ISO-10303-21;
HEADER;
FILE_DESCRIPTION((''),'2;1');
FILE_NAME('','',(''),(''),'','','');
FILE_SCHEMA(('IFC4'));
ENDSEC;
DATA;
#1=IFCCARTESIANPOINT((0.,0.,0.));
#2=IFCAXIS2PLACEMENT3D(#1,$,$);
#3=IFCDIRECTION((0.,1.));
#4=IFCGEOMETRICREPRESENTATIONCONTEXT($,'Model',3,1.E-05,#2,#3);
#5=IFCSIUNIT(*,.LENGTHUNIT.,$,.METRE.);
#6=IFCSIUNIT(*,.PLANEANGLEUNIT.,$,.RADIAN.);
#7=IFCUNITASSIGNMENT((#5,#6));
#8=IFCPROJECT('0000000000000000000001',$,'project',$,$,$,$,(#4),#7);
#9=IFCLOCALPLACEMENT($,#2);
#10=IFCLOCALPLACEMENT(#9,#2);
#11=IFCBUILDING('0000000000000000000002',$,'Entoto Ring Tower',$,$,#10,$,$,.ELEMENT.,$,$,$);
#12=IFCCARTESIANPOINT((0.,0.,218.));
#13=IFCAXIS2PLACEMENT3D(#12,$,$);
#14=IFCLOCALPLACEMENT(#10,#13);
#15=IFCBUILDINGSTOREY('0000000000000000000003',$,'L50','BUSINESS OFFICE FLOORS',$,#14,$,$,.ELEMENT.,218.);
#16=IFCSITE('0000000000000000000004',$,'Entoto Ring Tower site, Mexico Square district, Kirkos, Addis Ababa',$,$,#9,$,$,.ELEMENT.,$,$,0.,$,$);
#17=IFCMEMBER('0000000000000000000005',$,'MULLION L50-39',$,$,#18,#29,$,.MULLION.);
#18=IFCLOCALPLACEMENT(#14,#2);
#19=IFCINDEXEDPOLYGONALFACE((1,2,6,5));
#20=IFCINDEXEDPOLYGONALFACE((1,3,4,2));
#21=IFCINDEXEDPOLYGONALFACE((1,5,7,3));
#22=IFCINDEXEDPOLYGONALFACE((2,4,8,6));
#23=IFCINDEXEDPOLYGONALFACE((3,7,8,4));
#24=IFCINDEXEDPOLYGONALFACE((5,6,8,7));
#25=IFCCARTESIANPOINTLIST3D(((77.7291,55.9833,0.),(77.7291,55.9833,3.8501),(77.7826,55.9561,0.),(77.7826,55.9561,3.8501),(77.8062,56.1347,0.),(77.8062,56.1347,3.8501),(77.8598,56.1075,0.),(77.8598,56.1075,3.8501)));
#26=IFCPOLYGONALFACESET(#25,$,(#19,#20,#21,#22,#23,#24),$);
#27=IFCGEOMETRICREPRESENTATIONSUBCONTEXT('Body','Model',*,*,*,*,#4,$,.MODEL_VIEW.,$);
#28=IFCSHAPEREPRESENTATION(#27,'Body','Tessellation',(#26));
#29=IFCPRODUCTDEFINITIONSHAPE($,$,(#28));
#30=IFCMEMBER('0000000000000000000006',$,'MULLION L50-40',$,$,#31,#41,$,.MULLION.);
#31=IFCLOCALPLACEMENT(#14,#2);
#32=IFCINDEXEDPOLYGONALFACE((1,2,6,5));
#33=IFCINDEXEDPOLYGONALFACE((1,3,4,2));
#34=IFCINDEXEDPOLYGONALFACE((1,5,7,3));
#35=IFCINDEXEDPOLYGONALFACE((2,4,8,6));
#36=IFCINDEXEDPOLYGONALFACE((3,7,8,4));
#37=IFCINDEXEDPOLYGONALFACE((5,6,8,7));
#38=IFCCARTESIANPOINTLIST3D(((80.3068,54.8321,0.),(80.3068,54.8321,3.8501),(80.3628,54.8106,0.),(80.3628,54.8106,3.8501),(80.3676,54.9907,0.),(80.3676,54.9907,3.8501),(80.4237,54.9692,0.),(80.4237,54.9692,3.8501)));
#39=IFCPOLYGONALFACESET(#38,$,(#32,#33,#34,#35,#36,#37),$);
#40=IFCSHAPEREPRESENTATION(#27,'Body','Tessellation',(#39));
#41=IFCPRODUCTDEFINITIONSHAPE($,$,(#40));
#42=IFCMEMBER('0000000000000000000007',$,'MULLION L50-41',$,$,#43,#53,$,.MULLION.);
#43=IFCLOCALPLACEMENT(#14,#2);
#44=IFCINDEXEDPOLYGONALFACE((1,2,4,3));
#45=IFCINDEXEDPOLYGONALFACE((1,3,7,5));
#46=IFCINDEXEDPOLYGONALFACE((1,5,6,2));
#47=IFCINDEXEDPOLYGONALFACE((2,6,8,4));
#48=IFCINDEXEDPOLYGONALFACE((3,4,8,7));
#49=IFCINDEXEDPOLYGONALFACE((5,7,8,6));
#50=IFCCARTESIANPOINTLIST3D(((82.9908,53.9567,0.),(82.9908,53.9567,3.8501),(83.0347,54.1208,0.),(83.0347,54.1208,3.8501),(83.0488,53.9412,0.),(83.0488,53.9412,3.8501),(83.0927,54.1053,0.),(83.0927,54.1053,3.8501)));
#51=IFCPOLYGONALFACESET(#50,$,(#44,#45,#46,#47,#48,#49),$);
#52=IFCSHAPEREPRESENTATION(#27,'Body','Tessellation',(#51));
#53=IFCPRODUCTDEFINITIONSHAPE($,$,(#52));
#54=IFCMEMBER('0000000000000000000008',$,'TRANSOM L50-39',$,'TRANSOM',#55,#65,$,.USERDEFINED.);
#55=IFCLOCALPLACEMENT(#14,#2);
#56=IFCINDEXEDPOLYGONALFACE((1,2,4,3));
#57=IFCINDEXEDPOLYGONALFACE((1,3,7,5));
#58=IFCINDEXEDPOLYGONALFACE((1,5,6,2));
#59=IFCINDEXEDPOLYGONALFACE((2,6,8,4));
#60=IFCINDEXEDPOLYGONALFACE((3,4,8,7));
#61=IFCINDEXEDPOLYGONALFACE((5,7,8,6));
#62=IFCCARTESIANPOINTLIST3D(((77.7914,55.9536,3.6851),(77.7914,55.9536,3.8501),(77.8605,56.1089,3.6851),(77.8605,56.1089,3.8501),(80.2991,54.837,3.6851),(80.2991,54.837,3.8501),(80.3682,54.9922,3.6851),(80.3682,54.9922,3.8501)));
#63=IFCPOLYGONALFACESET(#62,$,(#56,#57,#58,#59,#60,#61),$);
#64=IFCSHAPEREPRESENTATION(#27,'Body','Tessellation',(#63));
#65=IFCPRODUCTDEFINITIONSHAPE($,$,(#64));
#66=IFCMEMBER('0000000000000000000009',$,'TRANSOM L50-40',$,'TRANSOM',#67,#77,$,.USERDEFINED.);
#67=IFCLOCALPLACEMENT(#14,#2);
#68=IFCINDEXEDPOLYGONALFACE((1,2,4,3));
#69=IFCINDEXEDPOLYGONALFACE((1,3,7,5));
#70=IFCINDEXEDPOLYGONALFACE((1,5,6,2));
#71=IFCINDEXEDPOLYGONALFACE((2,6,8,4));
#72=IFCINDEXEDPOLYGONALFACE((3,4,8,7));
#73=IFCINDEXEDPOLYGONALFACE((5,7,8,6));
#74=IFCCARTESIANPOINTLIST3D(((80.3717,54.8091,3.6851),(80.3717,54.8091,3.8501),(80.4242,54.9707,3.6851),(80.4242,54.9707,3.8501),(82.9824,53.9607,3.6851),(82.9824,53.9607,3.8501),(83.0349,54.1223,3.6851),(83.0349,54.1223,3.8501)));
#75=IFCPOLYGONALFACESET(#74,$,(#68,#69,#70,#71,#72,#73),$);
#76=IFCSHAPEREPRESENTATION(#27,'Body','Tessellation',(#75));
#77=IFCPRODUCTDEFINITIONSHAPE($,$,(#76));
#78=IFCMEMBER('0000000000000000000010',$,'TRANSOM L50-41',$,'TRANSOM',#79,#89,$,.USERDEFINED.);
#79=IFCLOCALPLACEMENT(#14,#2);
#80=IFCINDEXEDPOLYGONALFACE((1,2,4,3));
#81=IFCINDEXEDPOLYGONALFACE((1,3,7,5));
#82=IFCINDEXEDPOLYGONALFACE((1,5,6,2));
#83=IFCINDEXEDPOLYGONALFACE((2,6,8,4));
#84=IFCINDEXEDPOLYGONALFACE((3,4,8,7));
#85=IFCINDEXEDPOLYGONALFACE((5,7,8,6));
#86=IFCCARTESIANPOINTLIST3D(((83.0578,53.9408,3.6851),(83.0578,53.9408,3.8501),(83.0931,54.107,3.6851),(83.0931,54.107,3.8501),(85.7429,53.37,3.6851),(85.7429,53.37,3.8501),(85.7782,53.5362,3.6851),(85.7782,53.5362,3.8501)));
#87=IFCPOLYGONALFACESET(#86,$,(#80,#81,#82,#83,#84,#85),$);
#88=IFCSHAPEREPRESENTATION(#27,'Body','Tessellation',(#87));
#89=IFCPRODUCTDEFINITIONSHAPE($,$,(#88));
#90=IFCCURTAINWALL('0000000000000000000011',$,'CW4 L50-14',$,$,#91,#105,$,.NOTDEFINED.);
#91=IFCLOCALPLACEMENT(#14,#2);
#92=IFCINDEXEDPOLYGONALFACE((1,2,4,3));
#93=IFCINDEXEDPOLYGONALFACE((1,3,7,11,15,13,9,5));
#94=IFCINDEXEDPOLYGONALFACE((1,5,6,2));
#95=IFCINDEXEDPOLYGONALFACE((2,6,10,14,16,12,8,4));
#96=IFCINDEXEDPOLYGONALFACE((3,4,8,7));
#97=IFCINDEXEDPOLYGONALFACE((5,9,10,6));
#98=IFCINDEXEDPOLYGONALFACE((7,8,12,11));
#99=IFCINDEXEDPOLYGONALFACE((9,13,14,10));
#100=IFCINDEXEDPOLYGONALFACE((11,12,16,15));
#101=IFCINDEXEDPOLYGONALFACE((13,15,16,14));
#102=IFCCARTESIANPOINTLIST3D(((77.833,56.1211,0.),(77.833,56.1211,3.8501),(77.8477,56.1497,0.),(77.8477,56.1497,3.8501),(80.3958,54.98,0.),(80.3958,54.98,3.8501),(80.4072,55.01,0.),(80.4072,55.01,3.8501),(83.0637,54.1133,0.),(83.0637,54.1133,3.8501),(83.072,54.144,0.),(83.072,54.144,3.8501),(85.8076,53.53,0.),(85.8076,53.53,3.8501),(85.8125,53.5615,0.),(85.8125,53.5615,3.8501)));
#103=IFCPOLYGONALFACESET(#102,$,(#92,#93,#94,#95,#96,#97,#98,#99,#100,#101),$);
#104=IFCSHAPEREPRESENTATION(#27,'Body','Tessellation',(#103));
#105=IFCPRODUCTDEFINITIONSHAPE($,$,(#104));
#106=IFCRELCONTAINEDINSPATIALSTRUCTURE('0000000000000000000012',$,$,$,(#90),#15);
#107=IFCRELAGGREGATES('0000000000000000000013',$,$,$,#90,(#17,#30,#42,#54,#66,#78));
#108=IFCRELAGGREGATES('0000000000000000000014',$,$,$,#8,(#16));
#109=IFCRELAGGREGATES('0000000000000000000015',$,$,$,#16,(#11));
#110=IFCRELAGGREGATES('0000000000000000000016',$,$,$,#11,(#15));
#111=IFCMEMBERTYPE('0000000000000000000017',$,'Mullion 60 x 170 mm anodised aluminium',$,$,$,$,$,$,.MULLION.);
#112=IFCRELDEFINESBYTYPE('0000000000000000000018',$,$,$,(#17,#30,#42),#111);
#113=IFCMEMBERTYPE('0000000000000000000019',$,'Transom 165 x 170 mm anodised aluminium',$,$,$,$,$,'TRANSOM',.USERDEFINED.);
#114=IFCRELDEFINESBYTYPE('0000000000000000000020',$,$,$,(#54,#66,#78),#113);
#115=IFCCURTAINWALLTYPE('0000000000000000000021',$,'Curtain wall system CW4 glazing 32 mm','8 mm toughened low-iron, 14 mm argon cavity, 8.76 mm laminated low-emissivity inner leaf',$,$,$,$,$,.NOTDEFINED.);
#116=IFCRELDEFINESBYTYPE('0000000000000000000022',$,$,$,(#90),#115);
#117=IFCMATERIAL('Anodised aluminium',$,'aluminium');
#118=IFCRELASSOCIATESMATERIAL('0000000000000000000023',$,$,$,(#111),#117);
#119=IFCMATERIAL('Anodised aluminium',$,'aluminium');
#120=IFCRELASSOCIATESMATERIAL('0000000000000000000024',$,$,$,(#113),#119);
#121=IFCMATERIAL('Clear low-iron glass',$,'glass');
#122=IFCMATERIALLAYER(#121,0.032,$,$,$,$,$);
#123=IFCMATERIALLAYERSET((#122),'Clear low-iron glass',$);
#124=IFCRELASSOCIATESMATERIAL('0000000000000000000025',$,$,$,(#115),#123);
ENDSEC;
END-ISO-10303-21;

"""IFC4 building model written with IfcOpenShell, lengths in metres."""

from ifc_helpers import new_model, si_unit, direction, frame, origin, origin_2d, place, context, subcontext, project, spatial, polyline, rectangle, outline, extrude, material, layer, layer_set, material_profile, profile_set, type_object, element, aggregate, save


model = new_model("IFC4")

# Units and contexts
model_context = context("Model", 3, precision=1e-05, world=origin(), true_north=direction((0.0, 1.0)))
body_context = subcontext(model_context, "Body", "Model", "MODEL_VIEW")
ifc_project = project(units=[si_unit("LENGTHUNIT", "METRE"), si_unit("PLANEANGLEUNIT", "RADIAN")], contexts=[model_context])

# Members
ifc_material_1 = material(Name="Anodised aluminium", Category="aluminium")
ifc_material_profile_1 = material_profile(ifc_material_1, rectangle(XDim=0.0601, YDim=0.1699, at=origin_2d()), Name="Mullion 60 x 170 mm anodised aluminium")
ifc_profile_set_1 = profile_set([ifc_material_profile_1], Name="Anodised aluminium")
member_type_1 = type_object("IfcMemberType", Name="Mullion 60 x 170 mm anodised aluminium", PredefinedType="MULLION", material=ifc_profile_set_1)
site_placement = place(None, origin())
building_placement = place(site_placement, origin())
storey_placement = place(building_placement, frame((0.0, 0.0, 218.0)))
member_1_placement = place(storey_placement, frame((77.7944, 56.0454, 0.0), z_axis=(0.0, 0.0, 1.0), x_axis=(0.891007, -0.45399, 0.0)))
member_1 = element("IfcMember", 1, at=member_1_placement, type_object=member_type_1, Name="MULLION L50-39", PredefinedType="MULLION", context=body_context, shape_type="SweptSolid", body=[
    extrude(rectangle(XDim=0.0601, YDim=0.1699, at=origin_2d()), origin(), (0.0, 0.0, 1.0), 3.8501),
])
member_2_placement = place(storey_placement, frame((80.3652, 54.9006, 0.0), z_axis=(0.0, 0.0, 1.0), x_axis=(0.93358, -0.358368, 0.0)))
member_2 = element("IfcMember", 2, at=member_2_placement, type_object=member_type_1, Name="MULLION L50-40", PredefinedType="MULLION", context=body_context, shape_type="SweptSolid", body=[
    extrude(rectangle(XDim=0.0601, YDim=0.1699, at=origin_2d()), origin(), (0.0, 0.0, 1.0), 3.8501),
])
member_3_placement = place(storey_placement, frame((83.0417, 54.031, 0.0), z_axis=(0.0, 0.0, 1.0), x_axis=(0.965926, -0.258819, 0.0)))
member_3 = element("IfcMember", 3, at=member_3_placement, type_object=member_type_1, Name="MULLION L50-41", PredefinedType="MULLION", context=body_context, shape_type="SweptSolid", body=[
    extrude(rectangle(XDim=0.0601, YDim=0.1699, at=origin_2d()), origin(), (0.0, 0.0, 1.0), 3.8501),
])
ifc_material_2 = material(Name="Anodised aluminium", Category="aluminium")
ifc_material_profile_2 = material_profile(ifc_material_2, rectangle(XDim=0.1699, YDim=0.165, at=origin_2d()), Name="Transom 165 x 170 mm anodised aluminium")
ifc_profile_set_2 = profile_set([ifc_material_profile_2], Name="Anodised aluminium")
member_type_2 = type_object("IfcMemberType", Name="Transom 165 x 170 mm anodised aluminium", ElementType="TRANSOM", PredefinedType="USERDEFINED", material=ifc_profile_set_2)
member_4_placement = place(storey_placement, frame((77.8259, 56.0312, 3.7676), z_axis=(0.913525, -0.406782, 0.0), x_axis=(0.406782, 0.913525, 0.0)))
member_4 = element("IfcMember", 4, at=member_4_placement, type_object=member_type_2, Name="TRANSOM L50-39", ObjectType="TRANSOM", PredefinedType="USERDEFINED", context=body_context, shape_type="SweptSolid", body=[
    extrude(rectangle(XDim=0.1699, YDim=0.165, at=origin_2d()), origin(), (0.0, 0.0, 1.0), 2.7451),
])
member_5_placement = place(storey_placement, frame((80.3979, 54.8899, 3.7676), z_axis=(0.951048, -0.309042, 0.0), x_axis=(0.309042, 0.951048, 0.0)))
member_5 = element("IfcMember", 5, at=member_5_placement, type_object=member_type_2, Name="TRANSOM L50-40", ObjectType="TRANSOM", PredefinedType="USERDEFINED", context=body_context, shape_type="SweptSolid", body=[
    extrude(rectangle(XDim=0.1699, YDim=0.165, at=origin_2d()), origin(), (0.0, 0.0, 1.0), 2.7451),
])
member_6_placement = place(storey_placement, frame((83.0754, 54.0239, 3.7676), z_axis=(0.978142, -0.207937, 0.0), x_axis=(0.207937, 0.978142, 0.0)))
member_6 = element("IfcMember", 6, at=member_6_placement, type_object=member_type_2, Name="TRANSOM L50-41", ObjectType="TRANSOM", PredefinedType="USERDEFINED", context=body_context, shape_type="SweptSolid", body=[
    extrude(rectangle(XDim=0.1699, YDim=0.165, at=origin_2d()), origin(), (0.0, 0.0, 1.0), 2.7451),
])

# Site, building, storey
site = spatial("IfcSite", under=ifc_project, at=site_placement, Name="Entoto Ring Tower site, Mexico Square district, Kirkos, Addis Ababa", CompositionType="ELEMENT", RefElevation=0.0)
building = spatial("IfcBuilding", under=site, at=building_placement, Name="Entoto Ring Tower", CompositionType="ELEMENT")
storey = spatial("IfcBuildingStorey", under=building, at=storey_placement, Name="L50", Description="BUSINESS OFFICE FLOORS", CompositionType="ELEMENT", Elevation=218.0)

# Curtain wall
ifc_material_3 = material(Name="Clear low-iron glass", Category="glass")
ifc_layer = layer(ifc_material_3, 0.032)
ifc_layer_set = layer_set([ifc_layer], Name="Clear low-iron glass")
curtain_wall_type = type_object("IfcCurtainWallType", Name="Curtain wall system CW4 glazing 32 mm", Description="8 mm toughened low-iron, 14 mm argon cavity, 8.76 mm laminated low-emissivity inner leaf", PredefinedType="NOTDEFINED", material=ifc_layer_set)
curtain_wall_1_placement = place(storey_placement, origin())
curtain_wall_1 = element("IfcCurtainWall", 7, at=curtain_wall_1_placement, inside=storey, type_object=curtain_wall_type, Name="CW4 L50-14", PredefinedType="NOTDEFINED", context=body_context, shape_type="SweptSolid", body=[
    extrude(outline(polyline([(77.833, 56.1211), (80.3958, 54.98), (83.0637, 54.1133), (85.8076, 53.53), (85.8125, 53.5615), (83.072, 54.144), (80.4072, 55.01), (77.8477, 56.1497), (77.833, 56.1211)])), origin(), (0.0, 0.0, 1.0), 3.8501),
])
aggregate(curtain_wall_1, [member_1, member_2, member_3, member_4, member_5, member_6])

save(model, "model.ifc")
